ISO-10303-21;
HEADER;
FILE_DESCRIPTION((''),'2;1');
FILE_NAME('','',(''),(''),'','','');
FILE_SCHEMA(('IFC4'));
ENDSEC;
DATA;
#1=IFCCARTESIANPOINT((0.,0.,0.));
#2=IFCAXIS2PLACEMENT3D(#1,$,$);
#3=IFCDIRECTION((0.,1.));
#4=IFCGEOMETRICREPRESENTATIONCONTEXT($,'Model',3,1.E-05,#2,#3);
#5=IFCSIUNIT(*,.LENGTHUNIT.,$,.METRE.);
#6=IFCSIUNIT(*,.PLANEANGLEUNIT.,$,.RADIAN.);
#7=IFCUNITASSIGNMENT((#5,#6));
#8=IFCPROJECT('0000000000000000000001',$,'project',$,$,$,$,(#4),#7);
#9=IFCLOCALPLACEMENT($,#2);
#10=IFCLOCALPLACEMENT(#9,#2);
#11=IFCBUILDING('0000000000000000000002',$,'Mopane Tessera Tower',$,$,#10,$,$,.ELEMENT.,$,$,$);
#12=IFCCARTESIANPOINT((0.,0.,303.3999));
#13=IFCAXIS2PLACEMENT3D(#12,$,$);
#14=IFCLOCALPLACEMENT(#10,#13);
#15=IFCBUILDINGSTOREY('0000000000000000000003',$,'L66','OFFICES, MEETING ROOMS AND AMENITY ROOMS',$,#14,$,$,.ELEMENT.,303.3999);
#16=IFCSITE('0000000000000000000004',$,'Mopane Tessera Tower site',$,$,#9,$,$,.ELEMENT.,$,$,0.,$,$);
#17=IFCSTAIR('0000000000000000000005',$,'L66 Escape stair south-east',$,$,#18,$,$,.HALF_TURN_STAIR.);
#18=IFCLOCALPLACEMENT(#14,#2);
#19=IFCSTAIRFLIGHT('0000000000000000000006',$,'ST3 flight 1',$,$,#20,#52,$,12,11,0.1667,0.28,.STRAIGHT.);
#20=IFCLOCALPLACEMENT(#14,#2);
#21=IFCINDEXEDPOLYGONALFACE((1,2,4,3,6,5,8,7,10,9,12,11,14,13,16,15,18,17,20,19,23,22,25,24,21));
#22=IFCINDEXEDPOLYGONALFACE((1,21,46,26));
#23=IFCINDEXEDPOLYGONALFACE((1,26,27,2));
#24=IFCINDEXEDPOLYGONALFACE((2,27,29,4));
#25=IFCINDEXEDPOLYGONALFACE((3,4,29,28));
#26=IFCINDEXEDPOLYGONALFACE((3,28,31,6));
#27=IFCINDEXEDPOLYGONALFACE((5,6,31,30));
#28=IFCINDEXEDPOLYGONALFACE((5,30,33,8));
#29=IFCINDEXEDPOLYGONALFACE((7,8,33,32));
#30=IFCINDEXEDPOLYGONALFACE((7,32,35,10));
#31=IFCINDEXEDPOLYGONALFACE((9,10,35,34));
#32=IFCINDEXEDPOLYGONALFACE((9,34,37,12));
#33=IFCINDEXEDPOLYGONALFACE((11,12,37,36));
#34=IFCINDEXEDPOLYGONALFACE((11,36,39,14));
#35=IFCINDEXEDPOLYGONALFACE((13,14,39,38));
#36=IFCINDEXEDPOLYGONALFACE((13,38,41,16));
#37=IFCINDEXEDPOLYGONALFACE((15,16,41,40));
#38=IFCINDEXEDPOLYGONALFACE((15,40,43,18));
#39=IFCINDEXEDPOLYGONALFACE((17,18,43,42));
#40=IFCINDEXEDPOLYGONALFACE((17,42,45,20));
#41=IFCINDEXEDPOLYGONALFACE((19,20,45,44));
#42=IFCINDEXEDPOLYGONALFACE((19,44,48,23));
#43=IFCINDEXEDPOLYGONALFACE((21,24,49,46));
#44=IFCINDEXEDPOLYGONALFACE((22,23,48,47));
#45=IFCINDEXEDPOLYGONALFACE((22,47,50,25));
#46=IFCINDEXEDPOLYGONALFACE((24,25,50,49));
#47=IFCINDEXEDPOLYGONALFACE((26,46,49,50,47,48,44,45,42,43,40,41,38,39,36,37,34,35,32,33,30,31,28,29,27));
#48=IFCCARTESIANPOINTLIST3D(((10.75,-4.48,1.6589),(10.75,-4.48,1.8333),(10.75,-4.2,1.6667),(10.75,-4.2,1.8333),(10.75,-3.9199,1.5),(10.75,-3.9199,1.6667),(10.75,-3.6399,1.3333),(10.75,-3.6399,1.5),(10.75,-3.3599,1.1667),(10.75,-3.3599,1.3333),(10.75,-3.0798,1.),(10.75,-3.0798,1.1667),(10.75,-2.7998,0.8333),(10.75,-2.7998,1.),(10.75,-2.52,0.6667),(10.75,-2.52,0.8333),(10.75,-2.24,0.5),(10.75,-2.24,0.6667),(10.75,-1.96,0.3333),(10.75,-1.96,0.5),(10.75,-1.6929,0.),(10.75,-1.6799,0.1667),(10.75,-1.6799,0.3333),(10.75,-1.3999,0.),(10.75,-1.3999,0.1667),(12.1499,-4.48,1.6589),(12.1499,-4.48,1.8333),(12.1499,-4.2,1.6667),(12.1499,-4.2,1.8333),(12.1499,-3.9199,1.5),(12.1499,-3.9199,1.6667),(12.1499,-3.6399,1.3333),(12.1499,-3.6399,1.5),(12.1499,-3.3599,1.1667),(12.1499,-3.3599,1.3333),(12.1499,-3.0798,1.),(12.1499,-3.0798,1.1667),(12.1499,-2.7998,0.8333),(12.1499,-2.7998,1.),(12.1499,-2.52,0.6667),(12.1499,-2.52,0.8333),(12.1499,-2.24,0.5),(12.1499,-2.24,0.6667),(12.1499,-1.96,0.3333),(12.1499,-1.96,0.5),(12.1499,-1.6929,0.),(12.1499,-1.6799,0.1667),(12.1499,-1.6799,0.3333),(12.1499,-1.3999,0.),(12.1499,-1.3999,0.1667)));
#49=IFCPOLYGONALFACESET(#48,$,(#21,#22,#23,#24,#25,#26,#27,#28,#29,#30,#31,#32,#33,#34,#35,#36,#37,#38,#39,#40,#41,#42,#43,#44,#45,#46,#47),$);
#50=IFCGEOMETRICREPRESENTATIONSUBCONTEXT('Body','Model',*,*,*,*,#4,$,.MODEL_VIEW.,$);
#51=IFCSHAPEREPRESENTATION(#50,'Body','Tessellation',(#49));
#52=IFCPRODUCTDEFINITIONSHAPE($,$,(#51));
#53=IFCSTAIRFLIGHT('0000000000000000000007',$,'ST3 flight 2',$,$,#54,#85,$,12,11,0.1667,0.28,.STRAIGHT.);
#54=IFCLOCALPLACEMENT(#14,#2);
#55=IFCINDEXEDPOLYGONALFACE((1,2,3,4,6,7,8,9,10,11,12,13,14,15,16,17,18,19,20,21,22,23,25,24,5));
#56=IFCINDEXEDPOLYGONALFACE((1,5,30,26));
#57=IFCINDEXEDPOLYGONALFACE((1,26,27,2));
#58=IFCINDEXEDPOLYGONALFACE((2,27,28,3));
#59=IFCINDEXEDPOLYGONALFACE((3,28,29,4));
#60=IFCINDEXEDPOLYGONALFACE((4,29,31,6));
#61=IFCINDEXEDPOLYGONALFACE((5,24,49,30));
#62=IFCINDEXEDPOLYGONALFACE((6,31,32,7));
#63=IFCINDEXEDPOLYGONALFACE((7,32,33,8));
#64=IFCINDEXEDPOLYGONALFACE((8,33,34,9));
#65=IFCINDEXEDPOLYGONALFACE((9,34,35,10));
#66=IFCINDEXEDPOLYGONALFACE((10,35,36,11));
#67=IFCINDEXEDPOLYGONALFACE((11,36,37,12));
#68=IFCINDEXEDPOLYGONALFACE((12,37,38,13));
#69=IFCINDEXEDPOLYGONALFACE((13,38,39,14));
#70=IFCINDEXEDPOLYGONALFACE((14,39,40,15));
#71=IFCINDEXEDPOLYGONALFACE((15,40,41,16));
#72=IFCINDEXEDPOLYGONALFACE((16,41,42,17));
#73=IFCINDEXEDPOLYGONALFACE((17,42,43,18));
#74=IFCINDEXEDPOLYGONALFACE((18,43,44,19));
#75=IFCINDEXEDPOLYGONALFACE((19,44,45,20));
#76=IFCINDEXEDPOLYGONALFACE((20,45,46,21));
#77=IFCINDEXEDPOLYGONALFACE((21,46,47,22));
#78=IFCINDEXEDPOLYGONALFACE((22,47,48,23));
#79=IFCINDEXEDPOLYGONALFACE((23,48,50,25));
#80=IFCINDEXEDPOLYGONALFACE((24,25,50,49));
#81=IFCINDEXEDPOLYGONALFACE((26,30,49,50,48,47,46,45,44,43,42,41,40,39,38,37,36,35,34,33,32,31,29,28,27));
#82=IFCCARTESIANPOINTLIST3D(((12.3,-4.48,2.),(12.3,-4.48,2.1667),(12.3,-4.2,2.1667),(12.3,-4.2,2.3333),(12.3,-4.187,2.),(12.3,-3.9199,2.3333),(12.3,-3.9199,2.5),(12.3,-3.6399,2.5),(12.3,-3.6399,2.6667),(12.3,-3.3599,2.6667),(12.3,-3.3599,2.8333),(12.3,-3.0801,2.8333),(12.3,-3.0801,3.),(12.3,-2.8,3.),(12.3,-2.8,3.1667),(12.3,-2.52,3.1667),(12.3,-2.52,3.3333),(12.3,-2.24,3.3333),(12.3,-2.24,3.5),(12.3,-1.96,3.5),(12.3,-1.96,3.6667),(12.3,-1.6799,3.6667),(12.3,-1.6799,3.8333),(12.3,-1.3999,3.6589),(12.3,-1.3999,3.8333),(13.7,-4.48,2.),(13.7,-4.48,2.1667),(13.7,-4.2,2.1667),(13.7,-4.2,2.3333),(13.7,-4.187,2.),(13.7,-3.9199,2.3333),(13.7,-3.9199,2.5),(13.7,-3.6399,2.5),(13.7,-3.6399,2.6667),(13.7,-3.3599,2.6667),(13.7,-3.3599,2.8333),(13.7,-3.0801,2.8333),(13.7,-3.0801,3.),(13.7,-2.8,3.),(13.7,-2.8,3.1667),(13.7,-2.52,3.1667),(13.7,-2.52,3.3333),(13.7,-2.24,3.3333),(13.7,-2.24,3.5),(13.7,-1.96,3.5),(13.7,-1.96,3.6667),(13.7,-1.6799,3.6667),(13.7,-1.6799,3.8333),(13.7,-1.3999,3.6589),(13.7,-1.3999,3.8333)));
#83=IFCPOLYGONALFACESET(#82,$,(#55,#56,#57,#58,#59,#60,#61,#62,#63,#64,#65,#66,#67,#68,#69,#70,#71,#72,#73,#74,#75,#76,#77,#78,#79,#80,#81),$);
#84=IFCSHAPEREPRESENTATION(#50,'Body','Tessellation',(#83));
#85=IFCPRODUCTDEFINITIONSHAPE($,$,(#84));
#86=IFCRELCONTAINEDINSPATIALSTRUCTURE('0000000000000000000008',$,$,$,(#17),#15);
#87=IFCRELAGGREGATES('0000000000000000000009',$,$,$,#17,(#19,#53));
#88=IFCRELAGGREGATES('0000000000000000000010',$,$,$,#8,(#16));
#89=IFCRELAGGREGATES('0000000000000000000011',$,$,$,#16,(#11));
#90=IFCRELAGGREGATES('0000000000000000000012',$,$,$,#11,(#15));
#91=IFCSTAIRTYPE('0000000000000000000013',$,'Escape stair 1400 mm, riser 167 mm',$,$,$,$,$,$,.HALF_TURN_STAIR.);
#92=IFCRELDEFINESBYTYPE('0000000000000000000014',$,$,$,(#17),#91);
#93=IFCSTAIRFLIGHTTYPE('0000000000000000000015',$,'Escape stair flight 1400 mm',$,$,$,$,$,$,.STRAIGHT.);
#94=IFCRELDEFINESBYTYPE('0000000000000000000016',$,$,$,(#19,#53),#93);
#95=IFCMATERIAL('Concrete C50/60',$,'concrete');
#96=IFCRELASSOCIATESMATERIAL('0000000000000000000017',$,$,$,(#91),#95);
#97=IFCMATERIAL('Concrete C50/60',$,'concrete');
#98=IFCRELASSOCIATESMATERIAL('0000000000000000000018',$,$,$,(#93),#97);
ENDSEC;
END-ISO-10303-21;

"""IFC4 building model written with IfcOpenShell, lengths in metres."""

from ifc_helpers import new_model, si_unit, direction, frame, origin, place, context, subcontext, project, spatial, polyline, outline, extrude, material, type_object, element, aggregate, save


model = new_model("IFC4")

# Units and contexts
model_context = context("Model", 3, precision=1e-05, world=origin(), true_north=direction((0.0, 1.0)))
body_context = subcontext(model_context, "Body", "Model", "MODEL_VIEW")
ifc_project = project(units=[si_unit("LENGTHUNIT", "METRE"), si_unit("PLANEANGLEUNIT", "RADIAN")], contexts=[model_context])

# Site, building, storey
site_placement = place(None, origin())
site = spatial("IfcSite", under=ifc_project, at=site_placement, Name="Mopane Tessera Tower site", CompositionType="ELEMENT", RefElevation=0.0)
building_placement = place(site_placement, origin())
building = spatial("IfcBuilding", under=site, at=building_placement, Name="Mopane Tessera Tower", CompositionType="ELEMENT")
storey_placement = place(building_placement, frame((0.0, 0.0, 303.3999)))
storey = spatial("IfcBuildingStorey", under=building, at=storey_placement, Name="L66", Description="OFFICES, MEETING ROOMS AND AMENITY ROOMS", CompositionType="ELEMENT", Elevation=303.3999)

# Stair, stair flights
ifc_material_1 = material(Name="Concrete C50/60", Category="concrete")
stair_type = type_object("IfcStairType", Name="Escape stair 1400 mm, riser 167 mm", PredefinedType="HALF_TURN_STAIR", material=ifc_material_1)
stair_placement = place(storey_placement, origin())
stair = element("IfcStair", 1, at=stair_placement, inside=storey, type_object=stair_type, Name="L66 Escape stair south-east", PredefinedType="HALF_TURN_STAIR")
ifc_material_2 = material(Name="Concrete C50/60", Category="concrete")
stair_flight_type = type_object("IfcStairFlightType", Name="Escape stair flight 1400 mm", PredefinedType="STRAIGHT", material=ifc_material_2)
stair_flight_1_placement = place(storey_placement, frame((11.45, -1.3999, 0.0), z_axis=(0.0, 0.0, 1.0), x_axis=(0.0, -1.0, 0.0)))
stair_flight_1 = element("IfcStairFlight", 2, at=stair_flight_1_placement, type_object=stair_flight_type, Name="ST3 flight 1", NumberOfRisers=12, NumberOfTreads=11, PredefinedType="STRAIGHT", RiserHeight=0.1667, TreadLength=0.28, context=body_context, shape_type="SweptSolid", body=[
    extrude(outline(polyline([(0.0, 0.0), (0.0, 0.1667), (0.28, 0.1667), (0.28, 0.3333), (0.5601, 0.3333), (0.5601, 0.5), (0.8401, 0.5), (0.8401, 0.6667), (1.1201, 0.6667), (1.1201, 0.8333), (1.3999, 0.8333), (1.3999, 1.0), (1.6799, 1.0), (1.6799, 1.1667), (1.96, 1.1667), (1.96, 1.3333), (2.24, 1.3333), (2.24, 1.5), (2.52, 1.5), (2.52, 1.6667), (2.8, 1.6667), (2.8, 1.8333), (3.0801, 1.8333), (3.0801, 2.0), (3.0801, 1.6589), (0.293, 0.0), (0.0, 0.0)])), frame((0.0, 0.7, 0.0), z_axis=(0.0, -1.0, 0.0), x_axis=(1.0, 0.0, 0.0)), (0.0, 0.0, 1.0), 1.3999),
])
stair_flight_2_placement = place(storey_placement, frame((13.0, -4.48, 2.0), z_axis=(0.0, 0.0, 1.0), x_axis=(0.0, 1.0, 0.0)))
stair_flight_2 = element("IfcStairFlight", 3, at=stair_flight_2_placement, type_object=stair_flight_type, Name="ST3 flight 2", NumberOfRisers=12, NumberOfTreads=11, PredefinedType="STRAIGHT", RiserHeight=0.1667, TreadLength=0.28, context=body_context, shape_type="SweptSolid", body=[
    extrude(outline(polyline([(0.0, 0.0), (0.0, 0.1667), (0.28, 0.1667), (0.28, 0.3333), (0.5601, 0.3333), (0.5601, 0.5), (0.8401, 0.5), (0.8401, 0.6667), (1.1201, 0.6667), (1.1201, 0.8333), (1.3999, 0.8333), (1.3999, 1.0), (1.6799, 1.0), (1.6799, 1.1667), (1.96, 1.1667), (1.96, 1.3333), (2.24, 1.3333), (2.24, 1.5), (2.52, 1.5), (2.52, 1.6667), (2.8, 1.6667), (2.8, 1.8333), (3.0801, 1.8333), (3.0801, 2.0), (3.0801, 1.6589), (0.293, 0.0), (0.0, 0.0)])), frame((0.0, 0.7, 0.0), z_axis=(0.0, -1.0, 0.0), x_axis=(1.0, 0.0, 0.0)), (0.0, 0.0, 1.0), 1.3999),
])
aggregate(stair, [stair_flight_1, stair_flight_2])

save(model, "model.ifc")
